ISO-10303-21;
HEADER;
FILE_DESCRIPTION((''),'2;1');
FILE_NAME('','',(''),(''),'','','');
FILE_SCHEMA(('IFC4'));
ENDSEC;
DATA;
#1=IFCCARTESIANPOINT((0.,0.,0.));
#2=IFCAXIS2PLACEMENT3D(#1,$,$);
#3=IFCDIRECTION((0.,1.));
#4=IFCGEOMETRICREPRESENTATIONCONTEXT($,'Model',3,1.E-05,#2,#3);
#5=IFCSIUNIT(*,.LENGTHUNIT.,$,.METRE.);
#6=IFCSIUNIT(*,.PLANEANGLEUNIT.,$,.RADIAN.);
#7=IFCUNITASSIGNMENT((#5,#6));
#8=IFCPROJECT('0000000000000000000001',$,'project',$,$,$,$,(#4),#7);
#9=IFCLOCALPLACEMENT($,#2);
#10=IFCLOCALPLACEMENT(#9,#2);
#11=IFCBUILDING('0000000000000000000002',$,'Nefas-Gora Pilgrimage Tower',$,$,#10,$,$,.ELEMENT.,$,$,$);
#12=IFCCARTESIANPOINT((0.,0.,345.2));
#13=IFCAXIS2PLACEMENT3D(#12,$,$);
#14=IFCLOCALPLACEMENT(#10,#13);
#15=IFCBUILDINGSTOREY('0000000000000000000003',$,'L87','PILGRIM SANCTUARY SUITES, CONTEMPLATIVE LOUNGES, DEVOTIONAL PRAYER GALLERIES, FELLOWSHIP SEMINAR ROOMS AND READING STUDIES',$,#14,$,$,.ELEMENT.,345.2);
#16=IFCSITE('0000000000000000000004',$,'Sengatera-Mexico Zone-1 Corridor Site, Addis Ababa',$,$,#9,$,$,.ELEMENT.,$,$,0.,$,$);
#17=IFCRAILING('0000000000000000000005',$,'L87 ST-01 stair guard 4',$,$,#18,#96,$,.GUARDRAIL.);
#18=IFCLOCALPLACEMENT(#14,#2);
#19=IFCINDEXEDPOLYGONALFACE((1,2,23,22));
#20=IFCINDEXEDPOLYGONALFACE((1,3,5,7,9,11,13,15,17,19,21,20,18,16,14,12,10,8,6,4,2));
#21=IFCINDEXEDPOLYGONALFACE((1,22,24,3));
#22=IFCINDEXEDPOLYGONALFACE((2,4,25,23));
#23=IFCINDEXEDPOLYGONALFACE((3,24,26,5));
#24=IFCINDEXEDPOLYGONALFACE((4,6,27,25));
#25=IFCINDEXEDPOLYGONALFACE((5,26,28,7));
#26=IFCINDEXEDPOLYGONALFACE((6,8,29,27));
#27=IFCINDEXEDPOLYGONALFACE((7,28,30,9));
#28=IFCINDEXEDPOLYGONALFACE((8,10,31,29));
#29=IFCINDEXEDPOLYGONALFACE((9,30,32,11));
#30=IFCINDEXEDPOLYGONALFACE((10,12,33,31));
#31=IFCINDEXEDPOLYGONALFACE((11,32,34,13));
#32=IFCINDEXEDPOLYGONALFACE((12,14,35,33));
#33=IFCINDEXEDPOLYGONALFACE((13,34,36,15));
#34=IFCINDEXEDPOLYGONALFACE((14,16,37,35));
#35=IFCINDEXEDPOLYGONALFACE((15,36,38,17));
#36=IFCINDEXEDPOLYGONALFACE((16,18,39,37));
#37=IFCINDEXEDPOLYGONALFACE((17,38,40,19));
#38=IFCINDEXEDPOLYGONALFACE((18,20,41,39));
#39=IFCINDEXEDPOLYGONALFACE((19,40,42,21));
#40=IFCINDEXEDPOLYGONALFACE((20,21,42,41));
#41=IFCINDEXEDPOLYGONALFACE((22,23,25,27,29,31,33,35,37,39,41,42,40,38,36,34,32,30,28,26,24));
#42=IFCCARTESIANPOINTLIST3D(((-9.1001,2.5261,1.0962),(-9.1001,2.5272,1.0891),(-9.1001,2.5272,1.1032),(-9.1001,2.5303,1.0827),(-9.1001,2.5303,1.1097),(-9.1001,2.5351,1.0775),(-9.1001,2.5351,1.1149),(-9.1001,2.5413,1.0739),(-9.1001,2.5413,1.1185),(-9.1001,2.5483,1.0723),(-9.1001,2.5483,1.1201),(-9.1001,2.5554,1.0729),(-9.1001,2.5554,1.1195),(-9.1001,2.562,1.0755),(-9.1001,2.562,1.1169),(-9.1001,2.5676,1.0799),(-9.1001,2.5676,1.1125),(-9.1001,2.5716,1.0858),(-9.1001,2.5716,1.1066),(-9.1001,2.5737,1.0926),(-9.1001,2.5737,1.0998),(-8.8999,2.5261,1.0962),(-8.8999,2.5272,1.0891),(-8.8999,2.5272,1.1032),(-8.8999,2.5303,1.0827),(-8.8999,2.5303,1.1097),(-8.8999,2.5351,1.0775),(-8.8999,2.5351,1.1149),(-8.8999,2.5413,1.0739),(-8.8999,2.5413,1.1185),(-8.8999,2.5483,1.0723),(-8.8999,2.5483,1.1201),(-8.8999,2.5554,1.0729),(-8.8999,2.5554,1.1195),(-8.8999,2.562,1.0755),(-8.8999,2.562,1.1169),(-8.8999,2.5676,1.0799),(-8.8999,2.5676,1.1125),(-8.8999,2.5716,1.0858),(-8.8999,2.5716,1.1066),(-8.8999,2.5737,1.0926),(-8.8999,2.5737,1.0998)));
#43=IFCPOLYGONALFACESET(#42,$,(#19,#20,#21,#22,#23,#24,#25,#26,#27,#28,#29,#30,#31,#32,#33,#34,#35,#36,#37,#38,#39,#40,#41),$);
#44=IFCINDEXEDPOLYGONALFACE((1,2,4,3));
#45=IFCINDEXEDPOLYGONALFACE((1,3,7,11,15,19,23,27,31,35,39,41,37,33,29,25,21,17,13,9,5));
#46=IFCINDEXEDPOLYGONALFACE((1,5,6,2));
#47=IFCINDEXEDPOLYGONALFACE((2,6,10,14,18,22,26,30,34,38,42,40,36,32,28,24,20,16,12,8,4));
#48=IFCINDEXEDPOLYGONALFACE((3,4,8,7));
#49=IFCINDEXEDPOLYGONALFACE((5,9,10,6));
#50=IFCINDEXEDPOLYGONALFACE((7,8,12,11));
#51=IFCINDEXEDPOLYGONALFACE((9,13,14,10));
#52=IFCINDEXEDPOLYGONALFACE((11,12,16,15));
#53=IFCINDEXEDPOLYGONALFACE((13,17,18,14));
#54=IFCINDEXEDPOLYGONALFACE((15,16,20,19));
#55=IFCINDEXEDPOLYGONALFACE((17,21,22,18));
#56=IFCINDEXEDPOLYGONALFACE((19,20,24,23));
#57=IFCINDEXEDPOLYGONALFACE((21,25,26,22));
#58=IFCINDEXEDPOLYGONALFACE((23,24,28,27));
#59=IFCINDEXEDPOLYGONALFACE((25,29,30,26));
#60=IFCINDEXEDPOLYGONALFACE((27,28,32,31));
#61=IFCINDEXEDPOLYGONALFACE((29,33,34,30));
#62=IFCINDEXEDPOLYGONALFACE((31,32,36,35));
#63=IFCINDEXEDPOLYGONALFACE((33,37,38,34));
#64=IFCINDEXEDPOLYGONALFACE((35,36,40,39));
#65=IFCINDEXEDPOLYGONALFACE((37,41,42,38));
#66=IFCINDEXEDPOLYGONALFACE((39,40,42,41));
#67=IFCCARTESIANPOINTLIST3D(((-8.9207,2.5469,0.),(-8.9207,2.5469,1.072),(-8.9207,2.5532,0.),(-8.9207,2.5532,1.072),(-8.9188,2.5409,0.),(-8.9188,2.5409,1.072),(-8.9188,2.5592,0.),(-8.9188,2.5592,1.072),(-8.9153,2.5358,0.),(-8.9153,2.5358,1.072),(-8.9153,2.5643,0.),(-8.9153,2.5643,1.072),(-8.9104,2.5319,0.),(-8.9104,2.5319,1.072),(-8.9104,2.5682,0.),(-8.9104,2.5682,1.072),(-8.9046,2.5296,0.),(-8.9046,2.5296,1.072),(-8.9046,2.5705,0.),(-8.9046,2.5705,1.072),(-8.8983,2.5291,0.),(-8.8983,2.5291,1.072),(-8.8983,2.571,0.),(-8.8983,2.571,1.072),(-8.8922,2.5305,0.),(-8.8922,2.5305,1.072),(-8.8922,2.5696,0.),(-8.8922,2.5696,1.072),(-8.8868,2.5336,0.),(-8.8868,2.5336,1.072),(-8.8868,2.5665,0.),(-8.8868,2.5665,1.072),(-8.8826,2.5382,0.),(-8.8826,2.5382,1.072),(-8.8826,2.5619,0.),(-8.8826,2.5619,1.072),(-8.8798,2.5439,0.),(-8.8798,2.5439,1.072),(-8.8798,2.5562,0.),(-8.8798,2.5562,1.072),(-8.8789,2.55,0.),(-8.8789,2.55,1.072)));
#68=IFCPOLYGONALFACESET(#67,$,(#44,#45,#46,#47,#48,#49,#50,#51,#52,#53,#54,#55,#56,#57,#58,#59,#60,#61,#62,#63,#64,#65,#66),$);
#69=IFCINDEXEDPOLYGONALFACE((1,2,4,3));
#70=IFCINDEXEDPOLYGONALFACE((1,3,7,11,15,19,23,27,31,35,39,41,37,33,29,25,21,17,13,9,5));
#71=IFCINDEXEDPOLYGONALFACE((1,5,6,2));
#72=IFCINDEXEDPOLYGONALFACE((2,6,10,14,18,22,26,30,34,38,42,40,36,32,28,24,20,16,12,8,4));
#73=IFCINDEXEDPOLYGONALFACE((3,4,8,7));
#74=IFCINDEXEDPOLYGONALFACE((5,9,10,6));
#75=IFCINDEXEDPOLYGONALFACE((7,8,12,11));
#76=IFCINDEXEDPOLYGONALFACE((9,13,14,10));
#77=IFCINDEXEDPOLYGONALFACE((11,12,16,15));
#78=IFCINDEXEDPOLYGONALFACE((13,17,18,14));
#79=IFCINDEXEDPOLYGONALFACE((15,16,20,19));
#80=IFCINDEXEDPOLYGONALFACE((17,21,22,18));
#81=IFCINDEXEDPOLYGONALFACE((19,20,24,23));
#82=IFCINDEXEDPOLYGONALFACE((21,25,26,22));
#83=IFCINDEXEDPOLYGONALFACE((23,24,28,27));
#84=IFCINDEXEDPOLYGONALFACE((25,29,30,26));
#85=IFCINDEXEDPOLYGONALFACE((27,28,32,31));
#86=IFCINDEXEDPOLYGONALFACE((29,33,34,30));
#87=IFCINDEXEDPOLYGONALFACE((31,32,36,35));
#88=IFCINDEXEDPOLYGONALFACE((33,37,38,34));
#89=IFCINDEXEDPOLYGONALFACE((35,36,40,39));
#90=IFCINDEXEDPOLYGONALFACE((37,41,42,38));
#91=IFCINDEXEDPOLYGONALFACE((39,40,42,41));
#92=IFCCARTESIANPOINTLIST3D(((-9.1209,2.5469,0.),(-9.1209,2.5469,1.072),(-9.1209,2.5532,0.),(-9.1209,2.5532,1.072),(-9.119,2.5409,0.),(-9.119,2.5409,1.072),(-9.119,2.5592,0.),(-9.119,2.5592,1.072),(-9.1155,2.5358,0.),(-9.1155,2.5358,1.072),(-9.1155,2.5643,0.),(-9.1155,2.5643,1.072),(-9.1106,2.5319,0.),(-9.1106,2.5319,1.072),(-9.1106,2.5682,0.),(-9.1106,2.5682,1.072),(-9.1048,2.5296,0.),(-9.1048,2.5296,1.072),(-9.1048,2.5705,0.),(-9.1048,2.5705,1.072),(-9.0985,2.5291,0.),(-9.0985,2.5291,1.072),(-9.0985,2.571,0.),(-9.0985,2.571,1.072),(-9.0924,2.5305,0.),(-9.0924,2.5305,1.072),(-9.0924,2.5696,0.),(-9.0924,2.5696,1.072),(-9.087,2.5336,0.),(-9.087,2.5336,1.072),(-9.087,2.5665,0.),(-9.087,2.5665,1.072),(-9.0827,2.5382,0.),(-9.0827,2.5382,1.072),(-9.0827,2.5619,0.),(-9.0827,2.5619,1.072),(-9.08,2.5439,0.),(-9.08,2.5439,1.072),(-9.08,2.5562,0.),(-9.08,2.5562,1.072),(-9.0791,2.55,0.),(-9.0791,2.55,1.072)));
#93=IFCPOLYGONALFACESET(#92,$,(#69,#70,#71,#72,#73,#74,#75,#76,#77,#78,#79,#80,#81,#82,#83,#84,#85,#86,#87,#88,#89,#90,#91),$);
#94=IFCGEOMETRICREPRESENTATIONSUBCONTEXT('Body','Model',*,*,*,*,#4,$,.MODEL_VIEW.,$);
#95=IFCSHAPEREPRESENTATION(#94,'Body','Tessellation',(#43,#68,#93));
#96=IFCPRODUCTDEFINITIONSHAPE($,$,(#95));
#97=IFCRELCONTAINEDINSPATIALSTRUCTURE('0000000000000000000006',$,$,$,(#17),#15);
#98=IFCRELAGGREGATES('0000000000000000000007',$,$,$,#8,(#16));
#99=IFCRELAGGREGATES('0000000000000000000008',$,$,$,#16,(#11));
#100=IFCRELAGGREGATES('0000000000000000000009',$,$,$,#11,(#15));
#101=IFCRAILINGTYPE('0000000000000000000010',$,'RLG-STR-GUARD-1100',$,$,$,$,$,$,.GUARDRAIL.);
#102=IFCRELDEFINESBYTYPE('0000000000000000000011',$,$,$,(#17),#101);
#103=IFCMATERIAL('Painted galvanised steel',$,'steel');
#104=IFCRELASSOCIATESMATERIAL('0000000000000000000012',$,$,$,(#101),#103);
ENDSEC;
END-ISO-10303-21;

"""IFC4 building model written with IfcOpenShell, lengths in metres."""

from ifc_helpers import new_model, si_unit, direction, frame, origin, origin_2d, place, context, subcontext, project, spatial, circle, extrude, material, type_object, element, save


model = new_model("IFC4")

# Units and contexts
model_context = context("Model", 3, precision=1e-05, world=origin(), true_north=direction((0.0, 1.0)))
body_context = subcontext(model_context, "Body", "Model", "MODEL_VIEW")
ifc_project = project(units=[si_unit("LENGTHUNIT", "METRE"), si_unit("PLANEANGLEUNIT", "RADIAN")], contexts=[model_context])

# Site, building, storey
site_placement = place(None, origin())
site = spatial("IfcSite", under=ifc_project, at=site_placement, Name="Sengatera-Mexico Zone-1 Corridor Site, Addis Ababa", CompositionType="ELEMENT", RefElevation=0.0)
building_placement = place(site_placement, origin())
building = spatial("IfcBuilding", under=site, at=building_placement, Name="Nefas-Gora Pilgrimage Tower", CompositionType="ELEMENT")
storey_placement = place(building_placement, frame((0.0, 0.0, 345.2)))
storey = spatial("IfcBuildingStorey", under=building, at=storey_placement, Name="L87", Description="PILGRIM SANCTUARY SUITES, CONTEMPLATIVE LOUNGES, DEVOTIONAL PRAYER GALLERIES, FELLOWSHIP SEMINAR ROOMS AND READING STUDIES", CompositionType="ELEMENT", Elevation=345.2)

# Railing
ifc_material_1 = material(Name="Painted galvanised steel", Category="steel")
railing_type_1 = type_object("IfcRailingType", Name="RLG-STR-GUARD-1100", PredefinedType="GUARDRAIL", material=ifc_material_1)
railing_1_placement = place(storey_placement, frame((-8.8999, 2.55, 0.0)))
element("IfcRailing", 1, at=railing_1_placement, inside=storey, type_object=railing_type_1, Name="L87 ST-01 stair guard 4", PredefinedType="GUARDRAIL", context=body_context, shape_type="SweptSolid", body=[
    extrude(circle(Radius=0.0239, at=origin_2d()), frame((0.0, 0.0, 1.0962), z_axis=(-1.0, 0.0, 0.0), x_axis=(0.0, -1.0, 0.0)), (0.0, 0.0, 1.0), 0.2002),
    extrude(circle(Radius=0.021, at=origin_2d()), origin(), (0.0, 0.0, 1.0), 1.072),
    extrude(circle(Radius=0.021, at=origin_2d()), frame((-0.2002, 0.0, 0.0)), (0.0, 0.0, 1.0), 1.072),
])

save(model, "model.ifc")
